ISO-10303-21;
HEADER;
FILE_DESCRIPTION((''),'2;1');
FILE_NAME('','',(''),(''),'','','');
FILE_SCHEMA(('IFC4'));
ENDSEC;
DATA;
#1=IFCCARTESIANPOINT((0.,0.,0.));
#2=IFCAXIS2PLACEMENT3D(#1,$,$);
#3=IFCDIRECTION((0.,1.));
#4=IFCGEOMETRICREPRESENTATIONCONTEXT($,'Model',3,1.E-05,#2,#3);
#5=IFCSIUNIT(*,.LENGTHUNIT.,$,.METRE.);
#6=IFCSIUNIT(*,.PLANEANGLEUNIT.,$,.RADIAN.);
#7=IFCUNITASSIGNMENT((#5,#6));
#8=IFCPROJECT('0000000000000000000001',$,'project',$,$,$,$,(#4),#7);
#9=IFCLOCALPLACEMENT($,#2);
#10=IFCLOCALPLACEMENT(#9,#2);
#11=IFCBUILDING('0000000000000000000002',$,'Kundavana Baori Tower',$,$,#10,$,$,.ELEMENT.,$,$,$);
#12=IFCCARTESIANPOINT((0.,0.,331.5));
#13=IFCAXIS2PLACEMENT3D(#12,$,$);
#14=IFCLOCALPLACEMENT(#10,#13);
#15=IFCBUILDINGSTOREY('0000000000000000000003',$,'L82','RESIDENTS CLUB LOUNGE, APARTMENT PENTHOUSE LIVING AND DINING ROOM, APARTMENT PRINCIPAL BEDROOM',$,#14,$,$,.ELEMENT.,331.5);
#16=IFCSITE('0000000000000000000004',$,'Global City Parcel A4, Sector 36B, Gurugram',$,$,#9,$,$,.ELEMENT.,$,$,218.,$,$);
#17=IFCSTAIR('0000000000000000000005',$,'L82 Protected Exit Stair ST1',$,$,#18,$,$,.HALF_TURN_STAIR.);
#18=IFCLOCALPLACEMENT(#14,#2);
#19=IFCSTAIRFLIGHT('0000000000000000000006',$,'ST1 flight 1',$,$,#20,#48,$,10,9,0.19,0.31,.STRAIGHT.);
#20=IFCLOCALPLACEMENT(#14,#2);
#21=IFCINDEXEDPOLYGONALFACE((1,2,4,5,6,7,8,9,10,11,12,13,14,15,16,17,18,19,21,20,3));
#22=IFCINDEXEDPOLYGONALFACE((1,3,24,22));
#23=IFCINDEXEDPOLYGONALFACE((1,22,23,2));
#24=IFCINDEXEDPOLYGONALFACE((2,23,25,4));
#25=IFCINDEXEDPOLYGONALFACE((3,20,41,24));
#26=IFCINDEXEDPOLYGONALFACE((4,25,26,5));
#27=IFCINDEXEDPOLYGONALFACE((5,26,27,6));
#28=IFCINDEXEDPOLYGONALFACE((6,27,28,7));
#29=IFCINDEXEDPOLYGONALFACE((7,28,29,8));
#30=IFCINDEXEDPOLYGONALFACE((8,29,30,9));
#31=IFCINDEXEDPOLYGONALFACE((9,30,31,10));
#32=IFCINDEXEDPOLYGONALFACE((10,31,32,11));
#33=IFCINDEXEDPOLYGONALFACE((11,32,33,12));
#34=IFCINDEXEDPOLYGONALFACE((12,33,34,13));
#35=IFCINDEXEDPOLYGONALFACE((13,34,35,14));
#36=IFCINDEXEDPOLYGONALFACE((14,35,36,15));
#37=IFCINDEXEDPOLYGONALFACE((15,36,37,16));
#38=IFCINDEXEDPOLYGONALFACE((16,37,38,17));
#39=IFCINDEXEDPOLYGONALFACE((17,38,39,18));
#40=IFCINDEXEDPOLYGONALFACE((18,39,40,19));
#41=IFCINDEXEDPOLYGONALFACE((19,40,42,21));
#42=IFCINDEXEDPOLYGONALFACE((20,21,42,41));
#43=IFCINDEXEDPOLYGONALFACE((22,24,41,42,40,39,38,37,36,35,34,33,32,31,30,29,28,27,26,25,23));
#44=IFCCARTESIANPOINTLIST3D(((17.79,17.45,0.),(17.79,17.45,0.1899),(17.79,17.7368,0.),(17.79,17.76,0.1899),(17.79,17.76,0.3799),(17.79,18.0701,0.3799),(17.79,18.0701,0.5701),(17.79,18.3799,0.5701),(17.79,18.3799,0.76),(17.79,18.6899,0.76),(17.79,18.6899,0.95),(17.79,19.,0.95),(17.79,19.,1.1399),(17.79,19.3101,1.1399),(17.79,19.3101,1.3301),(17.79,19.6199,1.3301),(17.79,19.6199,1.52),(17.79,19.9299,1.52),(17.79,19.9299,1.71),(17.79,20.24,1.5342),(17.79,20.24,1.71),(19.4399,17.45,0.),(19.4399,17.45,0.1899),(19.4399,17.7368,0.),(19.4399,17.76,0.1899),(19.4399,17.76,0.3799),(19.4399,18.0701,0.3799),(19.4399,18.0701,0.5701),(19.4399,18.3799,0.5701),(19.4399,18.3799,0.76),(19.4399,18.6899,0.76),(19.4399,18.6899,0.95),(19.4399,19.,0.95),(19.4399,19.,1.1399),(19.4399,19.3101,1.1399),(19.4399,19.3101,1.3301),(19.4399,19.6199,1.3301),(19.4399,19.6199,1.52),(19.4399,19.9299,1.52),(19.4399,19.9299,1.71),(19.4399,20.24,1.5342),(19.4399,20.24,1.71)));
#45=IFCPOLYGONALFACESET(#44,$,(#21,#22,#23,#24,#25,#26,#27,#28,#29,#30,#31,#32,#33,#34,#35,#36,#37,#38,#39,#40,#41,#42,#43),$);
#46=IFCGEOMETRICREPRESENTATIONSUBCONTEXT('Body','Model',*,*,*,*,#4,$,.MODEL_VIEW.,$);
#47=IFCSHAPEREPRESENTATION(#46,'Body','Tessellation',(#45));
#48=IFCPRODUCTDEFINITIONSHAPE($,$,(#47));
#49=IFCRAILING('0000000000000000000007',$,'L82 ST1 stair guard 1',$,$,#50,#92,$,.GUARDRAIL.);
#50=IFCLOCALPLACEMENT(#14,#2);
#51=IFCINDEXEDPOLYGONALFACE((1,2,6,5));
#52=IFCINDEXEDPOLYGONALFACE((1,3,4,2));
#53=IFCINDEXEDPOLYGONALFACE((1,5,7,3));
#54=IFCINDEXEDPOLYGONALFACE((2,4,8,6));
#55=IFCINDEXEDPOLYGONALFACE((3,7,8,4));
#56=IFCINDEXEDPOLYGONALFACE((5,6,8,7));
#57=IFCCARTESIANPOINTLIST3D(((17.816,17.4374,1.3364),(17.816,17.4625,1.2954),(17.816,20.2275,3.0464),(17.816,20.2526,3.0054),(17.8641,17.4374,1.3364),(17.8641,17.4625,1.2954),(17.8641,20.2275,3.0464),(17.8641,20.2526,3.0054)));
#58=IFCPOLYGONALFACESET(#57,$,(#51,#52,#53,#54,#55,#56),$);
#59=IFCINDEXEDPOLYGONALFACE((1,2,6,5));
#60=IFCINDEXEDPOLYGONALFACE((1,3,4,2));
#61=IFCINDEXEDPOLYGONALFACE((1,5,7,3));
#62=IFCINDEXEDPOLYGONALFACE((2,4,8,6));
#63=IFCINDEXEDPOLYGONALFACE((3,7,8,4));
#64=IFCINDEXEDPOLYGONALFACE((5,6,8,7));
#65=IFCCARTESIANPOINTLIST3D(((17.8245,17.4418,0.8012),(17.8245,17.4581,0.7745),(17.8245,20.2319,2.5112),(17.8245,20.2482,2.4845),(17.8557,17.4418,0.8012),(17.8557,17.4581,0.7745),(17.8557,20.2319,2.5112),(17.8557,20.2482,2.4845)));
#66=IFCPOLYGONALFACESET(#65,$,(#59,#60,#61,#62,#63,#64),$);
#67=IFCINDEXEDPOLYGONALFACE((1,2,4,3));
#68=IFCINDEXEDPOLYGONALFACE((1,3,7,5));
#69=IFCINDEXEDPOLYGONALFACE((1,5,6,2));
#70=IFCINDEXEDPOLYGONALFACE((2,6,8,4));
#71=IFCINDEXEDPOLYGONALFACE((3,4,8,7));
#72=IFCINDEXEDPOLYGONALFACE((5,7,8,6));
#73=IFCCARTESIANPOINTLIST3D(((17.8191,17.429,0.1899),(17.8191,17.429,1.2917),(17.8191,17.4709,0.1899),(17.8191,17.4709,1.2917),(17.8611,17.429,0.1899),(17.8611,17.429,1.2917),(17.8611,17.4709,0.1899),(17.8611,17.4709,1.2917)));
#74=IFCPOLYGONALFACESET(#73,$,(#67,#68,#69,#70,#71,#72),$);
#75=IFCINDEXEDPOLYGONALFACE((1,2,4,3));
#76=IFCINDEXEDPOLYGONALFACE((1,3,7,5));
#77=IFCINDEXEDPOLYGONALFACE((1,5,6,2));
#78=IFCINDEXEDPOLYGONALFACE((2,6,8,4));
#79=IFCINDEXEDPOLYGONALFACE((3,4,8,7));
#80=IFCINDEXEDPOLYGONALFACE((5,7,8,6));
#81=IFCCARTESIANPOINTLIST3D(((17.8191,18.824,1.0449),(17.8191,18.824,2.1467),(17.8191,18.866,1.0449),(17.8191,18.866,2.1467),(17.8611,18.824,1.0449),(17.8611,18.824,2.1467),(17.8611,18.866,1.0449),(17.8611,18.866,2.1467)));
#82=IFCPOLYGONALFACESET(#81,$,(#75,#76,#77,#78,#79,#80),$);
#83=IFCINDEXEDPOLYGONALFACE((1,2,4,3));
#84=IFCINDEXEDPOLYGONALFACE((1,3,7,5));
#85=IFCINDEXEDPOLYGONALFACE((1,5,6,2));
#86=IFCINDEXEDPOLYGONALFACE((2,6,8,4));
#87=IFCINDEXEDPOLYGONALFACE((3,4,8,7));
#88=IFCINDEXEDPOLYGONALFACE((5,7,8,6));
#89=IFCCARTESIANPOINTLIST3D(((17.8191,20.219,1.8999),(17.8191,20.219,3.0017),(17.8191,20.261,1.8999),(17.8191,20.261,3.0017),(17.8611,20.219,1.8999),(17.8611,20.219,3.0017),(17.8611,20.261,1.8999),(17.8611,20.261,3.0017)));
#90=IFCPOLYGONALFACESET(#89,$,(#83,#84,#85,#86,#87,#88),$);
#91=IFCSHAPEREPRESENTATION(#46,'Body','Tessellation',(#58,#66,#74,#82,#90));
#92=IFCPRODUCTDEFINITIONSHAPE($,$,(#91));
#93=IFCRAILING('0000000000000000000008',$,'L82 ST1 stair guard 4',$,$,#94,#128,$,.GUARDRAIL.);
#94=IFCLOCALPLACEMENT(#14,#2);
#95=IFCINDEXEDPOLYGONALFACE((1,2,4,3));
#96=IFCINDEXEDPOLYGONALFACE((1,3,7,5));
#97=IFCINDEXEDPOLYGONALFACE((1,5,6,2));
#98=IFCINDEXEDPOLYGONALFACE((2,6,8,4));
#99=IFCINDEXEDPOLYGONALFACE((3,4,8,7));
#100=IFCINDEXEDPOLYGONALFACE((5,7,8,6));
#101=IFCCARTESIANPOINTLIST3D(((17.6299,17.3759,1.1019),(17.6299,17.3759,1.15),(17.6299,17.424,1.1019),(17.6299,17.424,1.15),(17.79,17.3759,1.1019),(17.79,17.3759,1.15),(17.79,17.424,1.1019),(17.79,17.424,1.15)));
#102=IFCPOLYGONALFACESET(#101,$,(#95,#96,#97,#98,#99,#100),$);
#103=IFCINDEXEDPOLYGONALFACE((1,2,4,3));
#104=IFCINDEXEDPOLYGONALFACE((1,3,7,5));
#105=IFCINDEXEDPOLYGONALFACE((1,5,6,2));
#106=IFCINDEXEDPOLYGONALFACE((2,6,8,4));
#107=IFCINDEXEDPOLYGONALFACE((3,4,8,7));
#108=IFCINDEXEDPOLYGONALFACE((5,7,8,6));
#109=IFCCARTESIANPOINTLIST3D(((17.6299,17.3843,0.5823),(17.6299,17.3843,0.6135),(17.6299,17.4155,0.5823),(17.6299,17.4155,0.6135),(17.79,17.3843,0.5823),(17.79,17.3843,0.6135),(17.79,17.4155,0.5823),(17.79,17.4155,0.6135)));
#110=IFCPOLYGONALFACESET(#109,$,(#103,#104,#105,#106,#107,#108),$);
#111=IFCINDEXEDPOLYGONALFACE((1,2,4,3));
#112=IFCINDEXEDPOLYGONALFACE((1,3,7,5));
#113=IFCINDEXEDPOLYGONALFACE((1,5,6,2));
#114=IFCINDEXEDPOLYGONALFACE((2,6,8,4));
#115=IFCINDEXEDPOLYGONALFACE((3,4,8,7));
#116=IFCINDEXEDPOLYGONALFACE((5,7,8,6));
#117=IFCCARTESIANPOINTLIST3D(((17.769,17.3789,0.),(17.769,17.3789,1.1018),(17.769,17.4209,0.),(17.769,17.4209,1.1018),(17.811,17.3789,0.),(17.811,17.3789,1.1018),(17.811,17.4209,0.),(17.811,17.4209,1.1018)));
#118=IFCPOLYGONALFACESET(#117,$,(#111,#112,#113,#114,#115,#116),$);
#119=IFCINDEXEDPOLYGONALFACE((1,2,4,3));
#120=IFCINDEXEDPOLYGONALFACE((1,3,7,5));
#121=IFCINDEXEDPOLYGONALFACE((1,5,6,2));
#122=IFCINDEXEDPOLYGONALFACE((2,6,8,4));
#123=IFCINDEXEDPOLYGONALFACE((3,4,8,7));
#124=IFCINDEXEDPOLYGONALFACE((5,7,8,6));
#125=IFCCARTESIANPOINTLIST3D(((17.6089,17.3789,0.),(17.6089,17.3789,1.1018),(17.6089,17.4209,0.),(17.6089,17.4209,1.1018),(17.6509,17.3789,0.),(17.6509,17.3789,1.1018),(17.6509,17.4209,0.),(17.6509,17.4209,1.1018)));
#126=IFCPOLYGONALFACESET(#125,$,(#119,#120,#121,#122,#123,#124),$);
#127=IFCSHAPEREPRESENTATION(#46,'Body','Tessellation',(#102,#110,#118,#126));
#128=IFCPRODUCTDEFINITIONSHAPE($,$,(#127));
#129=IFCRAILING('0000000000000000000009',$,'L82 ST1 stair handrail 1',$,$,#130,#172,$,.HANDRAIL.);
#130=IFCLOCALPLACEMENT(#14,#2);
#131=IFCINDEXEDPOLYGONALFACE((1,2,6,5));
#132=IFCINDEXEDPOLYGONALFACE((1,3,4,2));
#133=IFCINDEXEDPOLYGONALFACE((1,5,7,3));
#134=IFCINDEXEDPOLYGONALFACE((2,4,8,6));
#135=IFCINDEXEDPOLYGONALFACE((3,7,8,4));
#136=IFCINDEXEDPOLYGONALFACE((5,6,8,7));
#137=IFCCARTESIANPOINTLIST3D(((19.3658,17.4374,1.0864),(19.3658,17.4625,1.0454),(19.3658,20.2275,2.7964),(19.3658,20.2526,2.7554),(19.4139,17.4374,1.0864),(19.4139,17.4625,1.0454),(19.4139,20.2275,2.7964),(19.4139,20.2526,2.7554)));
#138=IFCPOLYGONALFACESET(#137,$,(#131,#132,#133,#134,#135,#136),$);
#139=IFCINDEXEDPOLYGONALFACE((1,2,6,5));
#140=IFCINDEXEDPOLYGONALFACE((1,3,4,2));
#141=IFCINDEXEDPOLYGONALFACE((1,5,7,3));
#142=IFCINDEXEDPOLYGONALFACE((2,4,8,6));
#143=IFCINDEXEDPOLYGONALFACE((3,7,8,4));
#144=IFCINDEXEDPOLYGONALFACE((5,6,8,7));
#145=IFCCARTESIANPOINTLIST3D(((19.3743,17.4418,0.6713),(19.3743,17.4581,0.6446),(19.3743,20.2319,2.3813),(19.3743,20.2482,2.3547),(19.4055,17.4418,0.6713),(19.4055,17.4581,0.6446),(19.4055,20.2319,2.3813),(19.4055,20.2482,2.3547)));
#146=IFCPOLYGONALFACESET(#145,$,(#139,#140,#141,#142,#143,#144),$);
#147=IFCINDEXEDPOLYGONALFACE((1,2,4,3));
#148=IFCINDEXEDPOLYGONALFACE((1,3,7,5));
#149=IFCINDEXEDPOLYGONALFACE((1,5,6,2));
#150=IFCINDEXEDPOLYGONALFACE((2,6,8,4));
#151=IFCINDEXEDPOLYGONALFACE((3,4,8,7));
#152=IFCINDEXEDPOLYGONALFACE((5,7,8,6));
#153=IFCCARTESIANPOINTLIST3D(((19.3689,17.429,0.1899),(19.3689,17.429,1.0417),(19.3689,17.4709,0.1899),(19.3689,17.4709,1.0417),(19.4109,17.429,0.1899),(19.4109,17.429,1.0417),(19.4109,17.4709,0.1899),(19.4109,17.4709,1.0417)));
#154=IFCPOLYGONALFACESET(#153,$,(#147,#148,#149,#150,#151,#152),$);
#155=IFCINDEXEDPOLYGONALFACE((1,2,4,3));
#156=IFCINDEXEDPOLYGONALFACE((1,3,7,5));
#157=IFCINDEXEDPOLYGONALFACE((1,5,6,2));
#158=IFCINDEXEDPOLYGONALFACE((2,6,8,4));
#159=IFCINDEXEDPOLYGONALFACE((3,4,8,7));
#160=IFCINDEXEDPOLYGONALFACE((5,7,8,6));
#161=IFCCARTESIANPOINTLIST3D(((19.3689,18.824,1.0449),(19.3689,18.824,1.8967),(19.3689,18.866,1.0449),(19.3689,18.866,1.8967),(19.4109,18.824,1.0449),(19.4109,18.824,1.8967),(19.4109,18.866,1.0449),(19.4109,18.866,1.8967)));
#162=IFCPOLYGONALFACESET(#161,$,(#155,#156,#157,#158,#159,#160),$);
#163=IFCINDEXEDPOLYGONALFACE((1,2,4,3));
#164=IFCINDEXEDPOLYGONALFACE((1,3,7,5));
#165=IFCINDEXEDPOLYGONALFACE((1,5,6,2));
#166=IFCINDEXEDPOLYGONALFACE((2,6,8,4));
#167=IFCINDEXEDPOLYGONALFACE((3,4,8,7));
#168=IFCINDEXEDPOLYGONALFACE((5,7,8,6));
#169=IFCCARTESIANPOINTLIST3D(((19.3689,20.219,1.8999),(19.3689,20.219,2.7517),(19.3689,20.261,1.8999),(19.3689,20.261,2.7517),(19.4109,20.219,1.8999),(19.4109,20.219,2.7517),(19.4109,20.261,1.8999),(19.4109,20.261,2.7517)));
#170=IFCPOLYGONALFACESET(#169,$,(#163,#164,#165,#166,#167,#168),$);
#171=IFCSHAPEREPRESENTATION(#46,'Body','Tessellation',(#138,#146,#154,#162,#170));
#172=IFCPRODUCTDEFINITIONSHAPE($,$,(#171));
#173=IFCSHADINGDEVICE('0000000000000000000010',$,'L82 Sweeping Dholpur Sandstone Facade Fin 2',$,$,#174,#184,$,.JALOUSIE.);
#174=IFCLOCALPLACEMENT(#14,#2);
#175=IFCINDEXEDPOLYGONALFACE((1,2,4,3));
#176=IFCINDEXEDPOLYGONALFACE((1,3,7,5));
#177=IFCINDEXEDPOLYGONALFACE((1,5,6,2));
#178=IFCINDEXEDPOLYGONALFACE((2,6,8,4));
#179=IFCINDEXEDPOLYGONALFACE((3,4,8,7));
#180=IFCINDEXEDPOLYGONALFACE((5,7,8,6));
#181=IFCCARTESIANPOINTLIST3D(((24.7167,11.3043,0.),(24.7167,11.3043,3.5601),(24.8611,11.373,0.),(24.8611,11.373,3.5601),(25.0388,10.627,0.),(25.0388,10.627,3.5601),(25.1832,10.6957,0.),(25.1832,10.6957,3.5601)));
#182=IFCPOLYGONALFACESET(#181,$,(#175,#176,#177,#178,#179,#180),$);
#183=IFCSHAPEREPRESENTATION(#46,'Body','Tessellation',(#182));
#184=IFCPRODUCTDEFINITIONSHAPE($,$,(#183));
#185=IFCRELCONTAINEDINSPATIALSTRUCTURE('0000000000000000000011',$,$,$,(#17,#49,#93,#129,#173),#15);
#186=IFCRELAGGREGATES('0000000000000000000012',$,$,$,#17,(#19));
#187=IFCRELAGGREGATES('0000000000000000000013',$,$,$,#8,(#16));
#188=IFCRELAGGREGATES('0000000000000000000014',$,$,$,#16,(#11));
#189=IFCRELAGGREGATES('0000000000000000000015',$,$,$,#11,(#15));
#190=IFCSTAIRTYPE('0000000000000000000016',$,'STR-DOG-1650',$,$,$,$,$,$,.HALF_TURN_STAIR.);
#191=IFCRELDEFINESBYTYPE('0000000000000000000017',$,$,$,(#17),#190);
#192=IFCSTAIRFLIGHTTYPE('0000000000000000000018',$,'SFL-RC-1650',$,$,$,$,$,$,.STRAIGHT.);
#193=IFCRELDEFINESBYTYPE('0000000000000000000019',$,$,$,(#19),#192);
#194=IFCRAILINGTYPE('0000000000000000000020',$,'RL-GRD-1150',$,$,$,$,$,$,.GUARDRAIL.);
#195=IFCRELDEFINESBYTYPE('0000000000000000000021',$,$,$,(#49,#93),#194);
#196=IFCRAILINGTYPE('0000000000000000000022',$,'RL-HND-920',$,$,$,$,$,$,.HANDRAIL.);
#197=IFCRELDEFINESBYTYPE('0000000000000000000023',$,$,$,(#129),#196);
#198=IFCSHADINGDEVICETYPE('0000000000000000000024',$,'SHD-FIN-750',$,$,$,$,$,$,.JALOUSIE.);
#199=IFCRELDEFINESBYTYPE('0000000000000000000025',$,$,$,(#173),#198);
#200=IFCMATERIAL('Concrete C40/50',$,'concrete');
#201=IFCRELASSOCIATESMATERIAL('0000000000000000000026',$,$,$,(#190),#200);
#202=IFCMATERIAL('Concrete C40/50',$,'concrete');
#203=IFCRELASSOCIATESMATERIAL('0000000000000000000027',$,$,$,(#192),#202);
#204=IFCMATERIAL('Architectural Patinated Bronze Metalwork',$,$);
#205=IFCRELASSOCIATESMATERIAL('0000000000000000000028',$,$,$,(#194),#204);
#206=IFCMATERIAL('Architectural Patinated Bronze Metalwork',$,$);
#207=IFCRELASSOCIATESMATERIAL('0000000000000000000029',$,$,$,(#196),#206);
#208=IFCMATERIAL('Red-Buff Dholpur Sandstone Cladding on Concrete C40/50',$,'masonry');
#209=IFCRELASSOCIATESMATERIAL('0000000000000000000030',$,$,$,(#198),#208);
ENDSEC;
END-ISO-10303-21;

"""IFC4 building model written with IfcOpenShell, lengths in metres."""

from ifc_helpers import new_model, si_unit, direction, frame, origin, origin_2d, place, context, subcontext, project, spatial, polyline, rectangle, outline, extrude, material, type_object, element, aggregate, save


model = new_model("IFC4")

# Units and contexts
model_context = context("Model", 3, precision=1e-05, world=origin(), true_north=direction((0.0, 1.0)))
body_context = subcontext(model_context, "Body", "Model", "MODEL_VIEW")
ifc_project = project(units=[si_unit("LENGTHUNIT", "METRE"), si_unit("PLANEANGLEUNIT", "RADIAN")], contexts=[model_context])

# Site, building, storey
site_placement = place(None, origin())
site = spatial("IfcSite", under=ifc_project, at=site_placement, Name="Global City Parcel A4, Sector 36B, Gurugram", CompositionType="ELEMENT", RefElevation=218.0)
building_placement = place(site_placement, origin())
building = spatial("IfcBuilding", under=site, at=building_placement, Name="Kundavana Baori Tower", CompositionType="ELEMENT")
storey_placement = place(building_placement, frame((0.0, 0.0, 331.5)))
storey = spatial("IfcBuildingStorey", under=building, at=storey_placement, Name="L82", Description="RESIDENTS CLUB LOUNGE, APARTMENT PENTHOUSE LIVING AND DINING ROOM, APARTMENT PRINCIPAL BEDROOM", CompositionType="ELEMENT", Elevation=331.5)

# Stair, stair flight
ifc_material_1 = material(Name="Concrete C40/50", Category="concrete")
stair_type = type_object("IfcStairType", Name="STR-DOG-1650", PredefinedType="HALF_TURN_STAIR", material=ifc_material_1)
stair_placement = place(storey_placement, origin())
stair = element("IfcStair", 1, at=stair_placement, inside=storey, type_object=stair_type, Name="L82 Protected Exit Stair ST1", PredefinedType="HALF_TURN_STAIR")
ifc_material_2 = material(Name="Concrete C40/50", Category="concrete")
stair_flight_type = type_object("IfcStairFlightType", Name="SFL-RC-1650", PredefinedType="STRAIGHT", material=ifc_material_2)
stair_flight_placement = place(storey_placement, frame((18.615, 17.45, 0.0), z_axis=(0.0, 0.0, 1.0), x_axis=(0.0, 1.0, 0.0)))
stair_flight = element("IfcStairFlight", 2, at=stair_flight_placement, type_object=stair_flight_type, Name="ST1 flight 1", NumberOfRisers=10, NumberOfTreads=9, PredefinedType="STRAIGHT", RiserHeight=0.19, TreadLength=0.31, context=body_context, shape_type="SweptSolid", body=[
    extrude(outline(polyline([(0.0, 0.0), (0.0, 0.1899), (0.3101, 0.1899), (0.3101, 0.3799), (0.6201, 0.3799), (0.6201, 0.5701), (0.9299, 0.5701), (0.9299, 0.76), (1.24, 0.76), (1.24, 0.95), (1.55, 0.95), (1.55, 1.1399), (1.8601, 1.1399), (1.8601, 1.3301), (2.1699, 1.3301), (2.1699, 1.52), (2.48, 1.52), (2.48, 1.71), (2.79, 1.71), (2.79, 1.8999), (2.79, 1.5342), (0.2869, 0.0), (0.0, 0.0)])), frame((0.0, 0.825, 0.0), z_axis=(0.0, -1.0, 0.0), x_axis=(1.0, 0.0, 0.0)), (0.0, 0.0, 1.0), 1.6499),
])
aggregate(stair, [stair_flight])

# Railings
ifc_material_3 = material(Name="Architectural Patinated Bronze Metalwork")
railing_type_1 = type_object("IfcRailingType", Name="RL-GRD-1150", PredefinedType="GUARDRAIL", material=ifc_material_3)
railing_1_placement = place(storey_placement, frame((17.8401, 17.45, 0.1899)))
element("IfcRailing", 3, at=railing_1_placement, inside=storey, type_object=railing_type_1, Name="L82 ST1 stair guard 1", PredefinedType="GUARDRAIL", context=body_context, shape_type="SweptSolid", body=[
    extrude(rectangle(XDim=0.0481, YDim=0.0481, at=origin_2d()), frame((0.0, 0.0, 1.126), z_axis=(0.0, 0.85261, 0.522548), x_axis=(-1.0, 0.0, 0.0)), (0.0, 0.0, 1.0), 3.2725),
    extrude(rectangle(XDim=0.0312, YDim=0.0312, at=origin_2d()), frame((0.0, 0.0, 0.5979), z_axis=(0.0, 0.85261, 0.522548), x_axis=(-1.0, 0.0, 0.0)), (0.0, 0.0, 1.0), 3.2725),
    extrude(rectangle(XDim=0.042, YDim=0.042, at=origin_2d()), origin(), (0.0, 0.0, 1.0), 1.1018),
    extrude(rectangle(XDim=0.042, YDim=0.042, at=origin_2d()), frame((0.0, 1.395, 0.855)), (0.0, 0.0, 1.0), 1.1018),
    extrude(rectangle(XDim=0.042, YDim=0.042, at=origin_2d()), frame((0.0, 2.79, 1.71)), (0.0, 0.0, 1.0), 1.1018),
])
railing_2_placement = place(storey_placement, frame((17.79, 17.3999, 0.0)))
element("IfcRailing", 4, at=railing_2_placement, inside=storey, type_object=railing_type_1, Name="L82 ST1 stair guard 4", PredefinedType="GUARDRAIL", context=body_context, shape_type="SweptSolid", body=[
    extrude(rectangle(XDim=0.0481, YDim=0.0481, at=origin_2d()), frame((0.0, 0.0, 1.126), z_axis=(-1.0, 0.0, 0.0), x_axis=(0.0, -1.0, 0.0)), (0.0, 0.0, 1.0), 0.1602),
    extrude(rectangle(XDim=0.0312, YDim=0.0312, at=origin_2d()), frame((0.0, 0.0, 0.5979), z_axis=(-1.0, 0.0, 0.0), x_axis=(0.0, -1.0, 0.0)), (0.0, 0.0, 1.0), 0.1602),
    extrude(rectangle(XDim=0.042, YDim=0.042, at=origin_2d()), origin(), (0.0, 0.0, 1.0), 1.1018),
    extrude(rectangle(XDim=0.042, YDim=0.042, at=origin_2d()), frame((-0.1602, 0.0, 0.0)), (0.0, 0.0, 1.0), 1.1018),
])
ifc_material_4 = material(Name="Architectural Patinated Bronze Metalwork")
railing_type_2 = type_object("IfcRailingType", Name="RL-HND-920", PredefinedType="HANDRAIL", material=ifc_material_4)
railing_3_placement = place(storey_placement, frame((19.3899, 17.45, 0.1899)))
element("IfcRailing", 5, at=railing_3_placement, inside=storey, type_object=railing_type_2, Name="L82 ST1 stair handrail 1", PredefinedType="HANDRAIL", context=body_context, shape_type="SweptSolid", body=[
    extrude(rectangle(XDim=0.0481, YDim=0.0481, at=origin_2d()), frame((0.0, 0.0, 0.876), z_axis=(0.0, 0.85261, 0.522548), x_axis=(-1.0, 0.0, 0.0)), (0.0, 0.0, 1.0), 3.2725),
    extrude(rectangle(XDim=0.0312, YDim=0.0312, at=origin_2d()), frame((0.0, 0.0, 0.468), z_axis=(0.0, 0.85261, 0.522548), x_axis=(-1.0, 0.0, 0.0)), (0.0, 0.0, 1.0), 3.2725),
    extrude(rectangle(XDim=0.042, YDim=0.042, at=origin_2d()), origin(), (0.0, 0.0, 1.0), 0.8518),
    extrude(rectangle(XDim=0.042, YDim=0.042, at=origin_2d()), frame((0.0, 1.395, 0.855)), (0.0, 0.0, 1.0), 0.8518),
    extrude(rectangle(XDim=0.042, YDim=0.042, at=origin_2d()), frame((0.0, 2.79, 1.71)), (0.0, 0.0, 1.0), 0.8518),
])

# Shading device
ifc_material_5 = material(Name="Red-Buff Dholpur Sandstone Cladding on Concrete C40/50", Category="masonry")
shading_device_type = type_object("IfcShadingDeviceType", Name="SHD-FIN-750", PredefinedType="JALOUSIE", material=ifc_material_5)
shading_device_placement = place(storey_placement, frame((24.95, 11.0, 0.0), z_axis=(0.0, 0.0, 1.0), x_axis=(0.903036, 0.429566, 0.0)))
element("IfcShadingDevice", 6, at=shading_device_placement, inside=storey, type_object=shading_device_type, Name="L82 Sweeping Dholpur Sandstone Facade Fin 2", PredefinedType="JALOUSIE", context=body_context, shape_type="SweptSolid", body=[
    extrude(rectangle(XDim=0.1599, YDim=0.75, at=origin_2d()), origin(), (0.0, 0.0, 1.0), 3.5601),
])

save(model, "model.ifc")
